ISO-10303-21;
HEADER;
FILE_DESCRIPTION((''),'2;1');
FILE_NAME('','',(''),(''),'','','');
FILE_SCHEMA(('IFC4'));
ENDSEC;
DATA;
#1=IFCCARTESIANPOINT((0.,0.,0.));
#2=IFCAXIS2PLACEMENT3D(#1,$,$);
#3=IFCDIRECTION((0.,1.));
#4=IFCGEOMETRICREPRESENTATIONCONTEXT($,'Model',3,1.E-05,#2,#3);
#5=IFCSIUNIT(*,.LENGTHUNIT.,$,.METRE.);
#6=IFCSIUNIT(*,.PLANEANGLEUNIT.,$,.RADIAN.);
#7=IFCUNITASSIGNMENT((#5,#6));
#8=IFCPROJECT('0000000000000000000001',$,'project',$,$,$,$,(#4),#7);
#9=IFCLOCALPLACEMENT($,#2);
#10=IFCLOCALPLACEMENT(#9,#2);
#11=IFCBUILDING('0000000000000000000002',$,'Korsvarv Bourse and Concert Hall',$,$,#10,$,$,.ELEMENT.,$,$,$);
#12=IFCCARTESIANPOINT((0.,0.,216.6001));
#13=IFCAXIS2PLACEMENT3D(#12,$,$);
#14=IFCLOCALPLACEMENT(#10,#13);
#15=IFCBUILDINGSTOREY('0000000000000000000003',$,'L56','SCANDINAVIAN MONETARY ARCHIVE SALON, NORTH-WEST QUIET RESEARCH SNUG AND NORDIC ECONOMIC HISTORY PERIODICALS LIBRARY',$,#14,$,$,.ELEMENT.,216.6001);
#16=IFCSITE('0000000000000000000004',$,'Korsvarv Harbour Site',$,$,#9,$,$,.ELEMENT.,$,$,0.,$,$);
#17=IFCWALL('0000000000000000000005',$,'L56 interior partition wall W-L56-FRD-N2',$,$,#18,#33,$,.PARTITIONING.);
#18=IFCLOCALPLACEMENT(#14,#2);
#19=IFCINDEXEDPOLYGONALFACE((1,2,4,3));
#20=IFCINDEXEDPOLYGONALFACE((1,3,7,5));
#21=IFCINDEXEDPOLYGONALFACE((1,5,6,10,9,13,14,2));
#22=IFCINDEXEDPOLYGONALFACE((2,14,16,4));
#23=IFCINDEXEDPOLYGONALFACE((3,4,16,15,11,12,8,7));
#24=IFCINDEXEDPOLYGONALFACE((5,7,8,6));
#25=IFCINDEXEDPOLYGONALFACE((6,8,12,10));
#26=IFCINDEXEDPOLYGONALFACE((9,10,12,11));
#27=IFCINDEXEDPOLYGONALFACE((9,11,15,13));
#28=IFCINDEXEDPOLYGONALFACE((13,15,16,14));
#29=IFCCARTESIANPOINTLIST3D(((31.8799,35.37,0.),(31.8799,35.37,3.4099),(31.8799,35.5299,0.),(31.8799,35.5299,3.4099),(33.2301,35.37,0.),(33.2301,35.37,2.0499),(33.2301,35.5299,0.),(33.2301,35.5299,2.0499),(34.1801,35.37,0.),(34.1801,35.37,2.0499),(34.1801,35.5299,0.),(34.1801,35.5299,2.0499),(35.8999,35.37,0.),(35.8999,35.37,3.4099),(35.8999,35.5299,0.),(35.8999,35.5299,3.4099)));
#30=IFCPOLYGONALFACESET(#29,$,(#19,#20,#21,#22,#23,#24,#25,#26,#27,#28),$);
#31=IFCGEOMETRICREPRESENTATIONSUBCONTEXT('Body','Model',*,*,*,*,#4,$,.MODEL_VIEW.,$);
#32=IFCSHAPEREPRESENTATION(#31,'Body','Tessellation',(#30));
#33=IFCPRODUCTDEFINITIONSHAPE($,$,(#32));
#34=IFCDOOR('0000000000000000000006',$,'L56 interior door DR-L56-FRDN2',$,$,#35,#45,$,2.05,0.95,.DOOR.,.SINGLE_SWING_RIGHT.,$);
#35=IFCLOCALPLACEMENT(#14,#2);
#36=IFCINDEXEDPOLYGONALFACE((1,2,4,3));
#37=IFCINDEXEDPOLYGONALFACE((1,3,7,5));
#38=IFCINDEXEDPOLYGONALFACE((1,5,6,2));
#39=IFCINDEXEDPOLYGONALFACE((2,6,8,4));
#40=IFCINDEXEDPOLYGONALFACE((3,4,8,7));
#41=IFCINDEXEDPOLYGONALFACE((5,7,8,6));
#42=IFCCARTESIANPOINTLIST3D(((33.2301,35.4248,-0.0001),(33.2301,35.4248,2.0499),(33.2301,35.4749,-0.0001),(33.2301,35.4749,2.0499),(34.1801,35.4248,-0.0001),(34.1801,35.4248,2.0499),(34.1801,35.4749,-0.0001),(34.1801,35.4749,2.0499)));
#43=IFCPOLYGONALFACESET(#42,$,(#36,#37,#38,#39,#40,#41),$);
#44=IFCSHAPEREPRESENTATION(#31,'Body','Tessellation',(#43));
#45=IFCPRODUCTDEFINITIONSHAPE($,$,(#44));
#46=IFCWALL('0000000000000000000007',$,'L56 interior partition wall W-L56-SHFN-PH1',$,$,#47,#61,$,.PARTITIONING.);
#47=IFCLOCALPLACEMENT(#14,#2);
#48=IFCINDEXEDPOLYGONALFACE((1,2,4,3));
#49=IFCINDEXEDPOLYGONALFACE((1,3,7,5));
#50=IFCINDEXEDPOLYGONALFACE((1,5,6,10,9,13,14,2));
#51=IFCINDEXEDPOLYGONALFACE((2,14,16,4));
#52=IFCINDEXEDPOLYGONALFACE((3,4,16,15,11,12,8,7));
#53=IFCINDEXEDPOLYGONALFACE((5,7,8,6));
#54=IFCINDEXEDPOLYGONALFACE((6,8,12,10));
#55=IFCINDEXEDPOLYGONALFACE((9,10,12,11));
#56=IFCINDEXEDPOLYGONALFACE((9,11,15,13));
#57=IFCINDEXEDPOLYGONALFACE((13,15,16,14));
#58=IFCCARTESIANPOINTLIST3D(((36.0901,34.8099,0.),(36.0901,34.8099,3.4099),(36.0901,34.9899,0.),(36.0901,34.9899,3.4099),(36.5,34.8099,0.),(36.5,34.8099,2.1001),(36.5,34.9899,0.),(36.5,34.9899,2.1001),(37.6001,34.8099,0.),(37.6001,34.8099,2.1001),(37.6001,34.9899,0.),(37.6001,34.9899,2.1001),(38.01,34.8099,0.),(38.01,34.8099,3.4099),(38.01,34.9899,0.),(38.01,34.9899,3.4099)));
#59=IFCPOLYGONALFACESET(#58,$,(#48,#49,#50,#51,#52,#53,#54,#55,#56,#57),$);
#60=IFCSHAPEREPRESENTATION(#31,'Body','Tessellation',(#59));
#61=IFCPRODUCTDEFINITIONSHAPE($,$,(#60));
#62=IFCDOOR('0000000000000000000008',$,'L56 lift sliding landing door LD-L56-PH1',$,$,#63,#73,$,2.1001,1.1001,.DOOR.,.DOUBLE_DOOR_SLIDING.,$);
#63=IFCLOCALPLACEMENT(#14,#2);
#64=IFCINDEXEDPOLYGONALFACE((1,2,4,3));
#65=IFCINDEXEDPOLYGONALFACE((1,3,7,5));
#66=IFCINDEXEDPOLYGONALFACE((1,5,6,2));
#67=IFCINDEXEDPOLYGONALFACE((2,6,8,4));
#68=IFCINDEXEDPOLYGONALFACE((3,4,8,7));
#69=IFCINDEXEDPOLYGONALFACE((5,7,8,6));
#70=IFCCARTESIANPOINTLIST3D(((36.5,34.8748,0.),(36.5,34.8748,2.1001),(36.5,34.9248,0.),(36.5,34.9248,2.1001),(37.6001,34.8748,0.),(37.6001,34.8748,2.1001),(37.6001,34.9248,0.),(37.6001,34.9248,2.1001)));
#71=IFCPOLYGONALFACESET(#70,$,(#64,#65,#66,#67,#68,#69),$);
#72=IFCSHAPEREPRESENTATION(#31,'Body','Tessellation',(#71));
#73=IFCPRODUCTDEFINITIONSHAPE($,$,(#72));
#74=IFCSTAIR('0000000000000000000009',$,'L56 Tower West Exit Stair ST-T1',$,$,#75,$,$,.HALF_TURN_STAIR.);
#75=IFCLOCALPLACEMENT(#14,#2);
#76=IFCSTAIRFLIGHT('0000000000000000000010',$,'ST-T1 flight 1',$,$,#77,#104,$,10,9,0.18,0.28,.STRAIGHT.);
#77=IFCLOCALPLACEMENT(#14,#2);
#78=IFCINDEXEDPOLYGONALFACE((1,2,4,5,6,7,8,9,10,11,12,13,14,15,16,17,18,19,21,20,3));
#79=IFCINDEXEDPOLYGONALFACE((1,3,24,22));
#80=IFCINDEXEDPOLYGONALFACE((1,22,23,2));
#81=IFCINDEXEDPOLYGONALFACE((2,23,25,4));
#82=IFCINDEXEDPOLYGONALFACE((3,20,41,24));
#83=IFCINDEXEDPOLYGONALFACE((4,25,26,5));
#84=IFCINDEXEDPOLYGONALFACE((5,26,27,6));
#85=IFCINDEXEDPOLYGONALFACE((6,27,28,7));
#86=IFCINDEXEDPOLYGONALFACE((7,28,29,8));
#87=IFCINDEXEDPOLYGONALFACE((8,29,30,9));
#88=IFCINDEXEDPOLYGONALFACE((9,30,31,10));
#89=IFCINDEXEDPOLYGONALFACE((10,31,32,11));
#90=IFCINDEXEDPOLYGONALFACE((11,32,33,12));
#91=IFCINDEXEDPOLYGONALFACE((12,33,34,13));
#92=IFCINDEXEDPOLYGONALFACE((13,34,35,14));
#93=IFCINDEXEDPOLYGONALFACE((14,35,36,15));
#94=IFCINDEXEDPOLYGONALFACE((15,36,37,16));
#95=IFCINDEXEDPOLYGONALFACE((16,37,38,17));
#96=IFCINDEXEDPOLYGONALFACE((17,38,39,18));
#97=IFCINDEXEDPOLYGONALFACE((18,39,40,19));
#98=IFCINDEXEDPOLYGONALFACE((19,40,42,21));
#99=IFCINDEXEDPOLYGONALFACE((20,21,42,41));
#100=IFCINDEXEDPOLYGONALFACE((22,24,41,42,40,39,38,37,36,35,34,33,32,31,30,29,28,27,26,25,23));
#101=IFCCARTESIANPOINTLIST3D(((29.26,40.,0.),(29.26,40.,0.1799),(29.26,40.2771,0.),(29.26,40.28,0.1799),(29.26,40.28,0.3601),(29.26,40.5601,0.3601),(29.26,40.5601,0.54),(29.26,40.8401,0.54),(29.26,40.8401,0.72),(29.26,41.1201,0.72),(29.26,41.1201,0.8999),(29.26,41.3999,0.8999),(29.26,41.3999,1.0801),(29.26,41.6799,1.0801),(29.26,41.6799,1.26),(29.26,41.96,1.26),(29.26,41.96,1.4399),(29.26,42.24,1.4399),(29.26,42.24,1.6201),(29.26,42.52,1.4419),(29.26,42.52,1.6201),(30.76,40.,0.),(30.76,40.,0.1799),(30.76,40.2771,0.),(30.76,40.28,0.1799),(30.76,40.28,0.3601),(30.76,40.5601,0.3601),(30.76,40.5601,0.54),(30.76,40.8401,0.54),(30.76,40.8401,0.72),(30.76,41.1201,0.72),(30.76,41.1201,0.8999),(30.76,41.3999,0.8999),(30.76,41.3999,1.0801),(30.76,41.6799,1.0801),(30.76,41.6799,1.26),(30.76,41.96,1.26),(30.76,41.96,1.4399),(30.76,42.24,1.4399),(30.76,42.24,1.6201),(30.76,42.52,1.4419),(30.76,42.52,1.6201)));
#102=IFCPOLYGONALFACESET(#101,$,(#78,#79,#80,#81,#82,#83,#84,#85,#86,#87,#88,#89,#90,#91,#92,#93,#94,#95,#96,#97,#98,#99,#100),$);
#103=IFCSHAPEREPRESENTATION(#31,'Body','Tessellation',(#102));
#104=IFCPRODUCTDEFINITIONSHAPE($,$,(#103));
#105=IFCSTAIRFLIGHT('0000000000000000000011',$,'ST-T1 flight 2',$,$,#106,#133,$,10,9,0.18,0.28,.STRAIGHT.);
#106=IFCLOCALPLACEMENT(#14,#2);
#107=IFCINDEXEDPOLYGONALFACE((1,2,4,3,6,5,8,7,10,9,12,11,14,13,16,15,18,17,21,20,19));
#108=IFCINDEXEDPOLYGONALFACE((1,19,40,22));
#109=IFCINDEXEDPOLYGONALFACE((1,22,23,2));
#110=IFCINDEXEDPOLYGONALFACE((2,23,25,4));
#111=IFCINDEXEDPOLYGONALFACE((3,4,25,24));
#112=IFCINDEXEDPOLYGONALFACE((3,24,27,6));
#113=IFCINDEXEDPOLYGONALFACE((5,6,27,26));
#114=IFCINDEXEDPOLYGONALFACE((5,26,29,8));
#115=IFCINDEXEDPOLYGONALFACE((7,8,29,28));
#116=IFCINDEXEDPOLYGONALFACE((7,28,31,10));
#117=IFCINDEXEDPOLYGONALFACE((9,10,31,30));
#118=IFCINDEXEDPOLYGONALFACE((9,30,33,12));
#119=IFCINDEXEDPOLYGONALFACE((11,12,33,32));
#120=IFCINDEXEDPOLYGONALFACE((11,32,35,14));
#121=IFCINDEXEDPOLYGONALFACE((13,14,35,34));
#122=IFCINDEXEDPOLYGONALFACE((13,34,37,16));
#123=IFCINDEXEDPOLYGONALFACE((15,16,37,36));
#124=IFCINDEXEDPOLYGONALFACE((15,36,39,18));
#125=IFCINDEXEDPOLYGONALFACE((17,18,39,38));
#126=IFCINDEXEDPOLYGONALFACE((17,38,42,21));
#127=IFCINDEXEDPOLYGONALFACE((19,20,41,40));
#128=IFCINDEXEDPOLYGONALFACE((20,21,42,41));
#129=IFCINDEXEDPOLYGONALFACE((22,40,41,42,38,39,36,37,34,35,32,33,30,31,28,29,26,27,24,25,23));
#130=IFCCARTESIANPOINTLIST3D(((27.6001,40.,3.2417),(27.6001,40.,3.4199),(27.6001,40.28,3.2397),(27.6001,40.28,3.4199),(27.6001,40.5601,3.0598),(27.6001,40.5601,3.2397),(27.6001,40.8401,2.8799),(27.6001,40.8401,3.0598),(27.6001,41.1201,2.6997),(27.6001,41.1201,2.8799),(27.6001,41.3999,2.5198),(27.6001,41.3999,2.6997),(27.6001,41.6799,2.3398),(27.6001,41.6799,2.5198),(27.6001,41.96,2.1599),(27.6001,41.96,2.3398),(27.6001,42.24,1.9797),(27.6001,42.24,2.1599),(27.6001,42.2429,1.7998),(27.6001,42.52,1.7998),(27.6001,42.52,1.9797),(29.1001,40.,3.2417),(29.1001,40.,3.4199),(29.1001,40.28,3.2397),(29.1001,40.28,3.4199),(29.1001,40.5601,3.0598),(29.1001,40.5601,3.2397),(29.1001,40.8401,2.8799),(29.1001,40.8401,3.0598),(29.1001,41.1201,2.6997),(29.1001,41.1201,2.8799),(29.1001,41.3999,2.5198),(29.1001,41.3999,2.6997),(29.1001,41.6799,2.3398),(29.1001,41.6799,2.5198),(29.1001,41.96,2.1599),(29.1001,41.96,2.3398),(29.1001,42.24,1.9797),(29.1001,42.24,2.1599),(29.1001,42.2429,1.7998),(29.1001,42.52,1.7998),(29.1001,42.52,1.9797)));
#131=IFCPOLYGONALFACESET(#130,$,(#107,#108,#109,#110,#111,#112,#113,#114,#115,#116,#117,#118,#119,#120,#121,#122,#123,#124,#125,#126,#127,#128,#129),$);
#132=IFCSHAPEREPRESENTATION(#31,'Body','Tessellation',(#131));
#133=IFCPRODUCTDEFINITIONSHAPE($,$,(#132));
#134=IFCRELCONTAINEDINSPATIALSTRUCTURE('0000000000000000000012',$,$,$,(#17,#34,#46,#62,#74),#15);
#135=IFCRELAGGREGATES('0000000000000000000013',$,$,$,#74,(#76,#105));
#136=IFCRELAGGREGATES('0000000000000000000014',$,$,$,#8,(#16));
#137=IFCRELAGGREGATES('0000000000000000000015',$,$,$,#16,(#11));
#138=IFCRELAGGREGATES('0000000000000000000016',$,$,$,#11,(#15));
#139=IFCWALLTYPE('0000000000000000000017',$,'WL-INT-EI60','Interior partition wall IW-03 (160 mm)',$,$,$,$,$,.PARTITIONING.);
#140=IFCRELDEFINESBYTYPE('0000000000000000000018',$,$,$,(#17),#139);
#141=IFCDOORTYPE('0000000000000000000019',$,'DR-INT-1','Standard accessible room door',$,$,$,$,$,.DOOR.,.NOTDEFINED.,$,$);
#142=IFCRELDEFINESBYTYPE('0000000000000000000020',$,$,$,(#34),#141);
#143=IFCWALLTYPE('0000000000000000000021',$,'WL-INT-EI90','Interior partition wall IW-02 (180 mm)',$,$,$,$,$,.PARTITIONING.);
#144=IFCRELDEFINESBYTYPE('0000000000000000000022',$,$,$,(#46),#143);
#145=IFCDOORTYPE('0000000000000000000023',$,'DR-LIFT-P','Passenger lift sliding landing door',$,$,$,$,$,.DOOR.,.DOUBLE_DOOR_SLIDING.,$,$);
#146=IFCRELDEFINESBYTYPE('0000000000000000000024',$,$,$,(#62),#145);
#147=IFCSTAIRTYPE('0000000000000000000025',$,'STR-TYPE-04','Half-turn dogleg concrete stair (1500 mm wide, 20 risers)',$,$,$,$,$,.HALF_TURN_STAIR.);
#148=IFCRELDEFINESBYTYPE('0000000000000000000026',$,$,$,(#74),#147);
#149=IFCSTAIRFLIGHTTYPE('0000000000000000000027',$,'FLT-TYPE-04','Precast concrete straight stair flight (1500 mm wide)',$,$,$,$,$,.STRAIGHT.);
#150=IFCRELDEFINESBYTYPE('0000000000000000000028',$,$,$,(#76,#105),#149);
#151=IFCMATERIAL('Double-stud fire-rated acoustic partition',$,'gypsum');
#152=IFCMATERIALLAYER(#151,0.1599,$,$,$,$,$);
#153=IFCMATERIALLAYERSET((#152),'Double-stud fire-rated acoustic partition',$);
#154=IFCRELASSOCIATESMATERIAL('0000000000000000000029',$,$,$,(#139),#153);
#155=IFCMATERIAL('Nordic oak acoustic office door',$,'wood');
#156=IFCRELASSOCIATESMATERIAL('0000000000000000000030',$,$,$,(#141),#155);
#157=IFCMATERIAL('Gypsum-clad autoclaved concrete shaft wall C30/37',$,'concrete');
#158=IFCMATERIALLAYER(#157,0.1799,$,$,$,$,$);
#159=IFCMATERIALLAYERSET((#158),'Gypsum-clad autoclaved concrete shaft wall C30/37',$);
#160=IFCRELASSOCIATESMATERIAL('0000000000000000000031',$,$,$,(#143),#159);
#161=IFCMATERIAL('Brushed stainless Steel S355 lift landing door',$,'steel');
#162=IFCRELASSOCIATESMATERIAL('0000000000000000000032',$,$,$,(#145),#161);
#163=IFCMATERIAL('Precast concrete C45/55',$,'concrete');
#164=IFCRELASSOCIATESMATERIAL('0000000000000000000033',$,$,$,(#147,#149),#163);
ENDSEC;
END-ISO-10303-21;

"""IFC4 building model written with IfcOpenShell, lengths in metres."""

from ifc_helpers import new_model, si_unit, direction, frame, frame_2d, origin, place, context, subcontext, project, spatial, polyline, rectangle, outline, extrude, material, layer, layer_set, type_object, element, fill, aggregate, save


model = new_model("IFC4")

# Units and contexts
model_context = context("Model", 3, precision=1e-05, world=origin(), true_north=direction((0.0, 1.0)))
body_context = subcontext(model_context, "Body", "Model", "MODEL_VIEW")
ifc_project = project(units=[si_unit("LENGTHUNIT", "METRE"), si_unit("PLANEANGLEUNIT", "RADIAN")], contexts=[model_context])

# Site, building, storey
site_placement = place(None, origin())
site = spatial("IfcSite", under=ifc_project, at=site_placement, Name="Korsvarv Harbour Site", CompositionType="ELEMENT", RefElevation=0.0)
building_placement = place(site_placement, origin())
building = spatial("IfcBuilding", under=site, at=building_placement, Name="Korsvarv Bourse and Concert Hall", CompositionType="ELEMENT")
storey_placement = place(building_placement, frame((0.0, 0.0, 216.6001)))
storey = spatial("IfcBuildingStorey", under=building, at=storey_placement, Name="L56", Description="SCANDINAVIAN MONETARY ARCHIVE SALON, NORTH-WEST QUIET RESEARCH SNUG AND NORDIC ECONOMIC HISTORY PERIODICALS LIBRARY", CompositionType="ELEMENT", Elevation=216.6001)

# Shared definitions
ifc_material_1 = material(Name="Double-stud fire-rated acoustic partition", Category="gypsum")
ifc_layer_1 = layer(ifc_material_1, 0.1599)
ifc_layer_set_1 = layer_set([ifc_layer_1], Name="Double-stud fire-rated acoustic partition")
wall_type_1 = type_object("IfcWallType", Name="WL-INT-EI60", Description="Interior partition wall IW-03 (160 mm)", PredefinedType="PARTITIONING", material=ifc_layer_set_1)

# Walls, openings, doors
ifc_material_2 = material(Name="Nordic oak acoustic office door", Category="wood")
door_type_1 = type_object("IfcDoorType", Name="DR-INT-1", Description="Standard accessible room door", OperationType="NOTDEFINED", PredefinedType="DOOR", material=ifc_material_2)
wall_1_placement = place(storey_placement, frame((31.8799, 35.45, 0.0), z_axis=(0.0, 0.0, 1.0), x_axis=(1.0, 0.0, 0.0)))
wall_1 = element("IfcWall", 1, at=wall_1_placement, inside=storey, type_object=wall_type_1, Name="L56 interior partition wall W-L56-FRD-N2", PredefinedType="PARTITIONING", context=body_context, shape_type="SweptSolid", body=[
    extrude(rectangle(XDim=4.02, YDim=0.1599, at=frame_2d((2.01, 0.0))), origin(), (0.0, 0.0, 1.0), 3.4099),
])
opening_1_placement = place(wall_1_placement, frame((1.3501, 0.0, 0.0)))
opening_1 = element("IfcOpeningElement", 2, at=opening_1_placement, cuts=wall_1, PredefinedType="OPENING", context=body_context, shape_type="SweptSolid", body=[
    extrude(rectangle(XDim=0.95, YDim=2.05, at=frame_2d((0.4751, 1.0249))), frame((0.0, 0.0898, 0.0), z_axis=(0.0, -1.0, 0.0), x_axis=(1.0, 0.0, 0.0)), (0.0, 0.0, 1.0), 0.1799),
])
door_1_placement = place(opening_1_placement, origin())
door_1 = element("IfcDoor", 3, at=door_1_placement, inside=storey, type_object=door_type_1, Name="L56 interior door DR-L56-FRDN2", OperationType="SINGLE_SWING_RIGHT", OverallHeight=2.05, OverallWidth=0.95, PredefinedType="DOOR", context=body_context, shape_type="SweptSolid", body=[
    extrude(rectangle(XDim=0.95, YDim=2.05, at=frame_2d((0.4751, 1.0249))), frame((0.0, 0.0249, 0.0), z_axis=(0.0, -1.0, 0.0), x_axis=(1.0, 0.0, 0.0)), (0.0, 0.0, 1.0), 0.05),
])
fill(opening_1, door_1)
ifc_material_3 = material(Name="Gypsum-clad autoclaved concrete shaft wall C30/37", Category="concrete")
ifc_layer_2 = layer(ifc_material_3, 0.1799)
ifc_layer_set_2 = layer_set([ifc_layer_2], Name="Gypsum-clad autoclaved concrete shaft wall C30/37")
wall_type_2 = type_object("IfcWallType", Name="WL-INT-EI90", Description="Interior partition wall IW-02 (180 mm)", PredefinedType="PARTITIONING", material=ifc_layer_set_2)
wall_2_placement = place(storey_placement, frame((36.0901, 34.8999, 0.0), z_axis=(0.0, 0.0, 1.0), x_axis=(1.0, 0.0, 0.0)))
wall_2 = element("IfcWall", 4, at=wall_2_placement, inside=storey, type_object=wall_type_2, Name="L56 interior partition wall W-L56-SHFN-PH1", PredefinedType="PARTITIONING", context=body_context, shape_type="SweptSolid", body=[
    extrude(rectangle(XDim=1.9199, YDim=0.1799, at=frame_2d((0.96, 0.0))), origin(), (0.0, 0.0, 1.0), 3.4099),
])
opening_2_placement = place(wall_2_placement, frame((0.4099, 0.0, 0.0)))
opening_2 = element("IfcOpeningElement", 5, at=opening_2_placement, cuts=wall_2, PredefinedType="OPENING", context=body_context, shape_type="SweptSolid", body=[
    extrude(rectangle(XDim=1.1001, YDim=2.1001, at=frame_2d((0.55, 1.05))), frame((0.0, 0.1001, 0.0), z_axis=(0.0, -1.0, 0.0), x_axis=(1.0, 0.0, 0.0)), (0.0, 0.0, 1.0), 0.2),
])
ifc_material_4 = material(Name="Brushed stainless Steel S355 lift landing door", Category="steel")
door_type_2 = type_object("IfcDoorType", Name="DR-LIFT-P", Description="Passenger lift sliding landing door", OperationType="DOUBLE_DOOR_SLIDING", PredefinedType="DOOR", material=ifc_material_4)
door_2_placement = place(opening_2_placement, origin())
door_2 = element("IfcDoor", 6, at=door_2_placement, inside=storey, type_object=door_type_2, Name="L56 lift sliding landing door LD-L56-PH1", OperationType="DOUBLE_DOOR_SLIDING", OverallHeight=2.1001, OverallWidth=1.1001, PredefinedType="DOOR", context=body_context, shape_type="SweptSolid", body=[
    extrude(rectangle(XDim=1.1001, YDim=2.1001, at=frame_2d((0.55, 1.05))), frame((0.0, 0.0249, 0.0), z_axis=(0.0, -1.0, 0.0), x_axis=(1.0, 0.0, 0.0)), (0.0, 0.0, 1.0), 0.05),
])
fill(opening_2, door_2)

# Stair, stair flights
ifc_material_5 = material(Name="Precast concrete C45/55", Category="concrete")
stair_type = type_object("IfcStairType", Name="STR-TYPE-04", Description="Half-turn dogleg concrete stair (1500 mm wide, 20 risers)", PredefinedType="HALF_TURN_STAIR", material=ifc_material_5)
stair_placement = place(storey_placement, origin())
stair = element("IfcStair", 7, at=stair_placement, inside=storey, type_object=stair_type, Name="L56 Tower West Exit Stair ST-T1", PredefinedType="HALF_TURN_STAIR")
stair_flight_type = type_object("IfcStairFlightType", Name="FLT-TYPE-04", Description="Precast concrete straight stair flight (1500 mm wide)", PredefinedType="STRAIGHT", material=ifc_material_5)
stair_flight_1_placement = place(storey_placement, frame((30.01, 40.0, 0.0), z_axis=(0.0, 0.0, 1.0), x_axis=(0.0, 1.0, 0.0)))
stair_flight_1 = element("IfcStairFlight", 8, at=stair_flight_1_placement, type_object=stair_flight_type, Name="ST-T1 flight 1", NumberOfRisers=10, NumberOfTreads=9, PredefinedType="STRAIGHT", RiserHeight=0.18, TreadLength=0.28, context=body_context, shape_type="SweptSolid", body=[
    extrude(outline(polyline([(0.0, 0.0), (0.0, 0.1799), (0.28, 0.1799), (0.28, 0.3601), (0.5601, 0.3601), (0.5601, 0.54), (0.8401, 0.54), (0.8401, 0.72), (1.1201, 0.72), (1.1201, 0.8999), (1.3999, 0.8999), (1.3999, 1.0801), (1.6799, 1.0801), (1.6799, 1.26), (1.96, 1.26), (1.96, 1.4399), (2.24, 1.4399), (2.24, 1.6201), (2.52, 1.6201), (2.52, 1.8), (2.52, 1.4419), (0.2771, 0.0), (0.0, 0.0)])), frame((0.0, 0.75, 0.0), z_axis=(0.0, -1.0, 0.0), x_axis=(1.0, 0.0, 0.0)), (0.0, 0.0, 1.0), 1.5),
])
stair_flight_2_placement = place(storey_placement, frame((28.3501, 42.52, 1.7998), z_axis=(0.0, 0.0, 1.0), x_axis=(0.0, -1.0, 0.0)))
stair_flight_2 = element("IfcStairFlight", 9, at=stair_flight_2_placement, type_object=stair_flight_type, Name="ST-T1 flight 2", NumberOfRisers=10, NumberOfTreads=9, PredefinedType="STRAIGHT", RiserHeight=0.18, TreadLength=0.28, context=body_context, shape_type="SweptSolid", body=[
    extrude(outline(polyline([(0.0, 0.0), (0.0, 0.1799), (0.28, 0.1799), (0.28, 0.3601), (0.5601, 0.3601), (0.5601, 0.54), (0.8401, 0.54), (0.8401, 0.72), (1.1201, 0.72), (1.1201, 0.8999), (1.3999, 0.8999), (1.3999, 1.0801), (1.6799, 1.0801), (1.6799, 1.26), (1.96, 1.26), (1.96, 1.4399), (2.24, 1.4399), (2.24, 1.6201), (2.52, 1.6201), (2.52, 1.8), (2.52, 1.4419), (0.2771, 0.0), (0.0, 0.0)])), frame((0.0, 0.75, 0.0), z_axis=(0.0, -1.0, 0.0), x_axis=(1.0, 0.0, 0.0)), (0.0, 0.0, 1.0), 1.5),
])
aggregate(stair, [stair_flight_1, stair_flight_2])

save(model, "model.ifc")
